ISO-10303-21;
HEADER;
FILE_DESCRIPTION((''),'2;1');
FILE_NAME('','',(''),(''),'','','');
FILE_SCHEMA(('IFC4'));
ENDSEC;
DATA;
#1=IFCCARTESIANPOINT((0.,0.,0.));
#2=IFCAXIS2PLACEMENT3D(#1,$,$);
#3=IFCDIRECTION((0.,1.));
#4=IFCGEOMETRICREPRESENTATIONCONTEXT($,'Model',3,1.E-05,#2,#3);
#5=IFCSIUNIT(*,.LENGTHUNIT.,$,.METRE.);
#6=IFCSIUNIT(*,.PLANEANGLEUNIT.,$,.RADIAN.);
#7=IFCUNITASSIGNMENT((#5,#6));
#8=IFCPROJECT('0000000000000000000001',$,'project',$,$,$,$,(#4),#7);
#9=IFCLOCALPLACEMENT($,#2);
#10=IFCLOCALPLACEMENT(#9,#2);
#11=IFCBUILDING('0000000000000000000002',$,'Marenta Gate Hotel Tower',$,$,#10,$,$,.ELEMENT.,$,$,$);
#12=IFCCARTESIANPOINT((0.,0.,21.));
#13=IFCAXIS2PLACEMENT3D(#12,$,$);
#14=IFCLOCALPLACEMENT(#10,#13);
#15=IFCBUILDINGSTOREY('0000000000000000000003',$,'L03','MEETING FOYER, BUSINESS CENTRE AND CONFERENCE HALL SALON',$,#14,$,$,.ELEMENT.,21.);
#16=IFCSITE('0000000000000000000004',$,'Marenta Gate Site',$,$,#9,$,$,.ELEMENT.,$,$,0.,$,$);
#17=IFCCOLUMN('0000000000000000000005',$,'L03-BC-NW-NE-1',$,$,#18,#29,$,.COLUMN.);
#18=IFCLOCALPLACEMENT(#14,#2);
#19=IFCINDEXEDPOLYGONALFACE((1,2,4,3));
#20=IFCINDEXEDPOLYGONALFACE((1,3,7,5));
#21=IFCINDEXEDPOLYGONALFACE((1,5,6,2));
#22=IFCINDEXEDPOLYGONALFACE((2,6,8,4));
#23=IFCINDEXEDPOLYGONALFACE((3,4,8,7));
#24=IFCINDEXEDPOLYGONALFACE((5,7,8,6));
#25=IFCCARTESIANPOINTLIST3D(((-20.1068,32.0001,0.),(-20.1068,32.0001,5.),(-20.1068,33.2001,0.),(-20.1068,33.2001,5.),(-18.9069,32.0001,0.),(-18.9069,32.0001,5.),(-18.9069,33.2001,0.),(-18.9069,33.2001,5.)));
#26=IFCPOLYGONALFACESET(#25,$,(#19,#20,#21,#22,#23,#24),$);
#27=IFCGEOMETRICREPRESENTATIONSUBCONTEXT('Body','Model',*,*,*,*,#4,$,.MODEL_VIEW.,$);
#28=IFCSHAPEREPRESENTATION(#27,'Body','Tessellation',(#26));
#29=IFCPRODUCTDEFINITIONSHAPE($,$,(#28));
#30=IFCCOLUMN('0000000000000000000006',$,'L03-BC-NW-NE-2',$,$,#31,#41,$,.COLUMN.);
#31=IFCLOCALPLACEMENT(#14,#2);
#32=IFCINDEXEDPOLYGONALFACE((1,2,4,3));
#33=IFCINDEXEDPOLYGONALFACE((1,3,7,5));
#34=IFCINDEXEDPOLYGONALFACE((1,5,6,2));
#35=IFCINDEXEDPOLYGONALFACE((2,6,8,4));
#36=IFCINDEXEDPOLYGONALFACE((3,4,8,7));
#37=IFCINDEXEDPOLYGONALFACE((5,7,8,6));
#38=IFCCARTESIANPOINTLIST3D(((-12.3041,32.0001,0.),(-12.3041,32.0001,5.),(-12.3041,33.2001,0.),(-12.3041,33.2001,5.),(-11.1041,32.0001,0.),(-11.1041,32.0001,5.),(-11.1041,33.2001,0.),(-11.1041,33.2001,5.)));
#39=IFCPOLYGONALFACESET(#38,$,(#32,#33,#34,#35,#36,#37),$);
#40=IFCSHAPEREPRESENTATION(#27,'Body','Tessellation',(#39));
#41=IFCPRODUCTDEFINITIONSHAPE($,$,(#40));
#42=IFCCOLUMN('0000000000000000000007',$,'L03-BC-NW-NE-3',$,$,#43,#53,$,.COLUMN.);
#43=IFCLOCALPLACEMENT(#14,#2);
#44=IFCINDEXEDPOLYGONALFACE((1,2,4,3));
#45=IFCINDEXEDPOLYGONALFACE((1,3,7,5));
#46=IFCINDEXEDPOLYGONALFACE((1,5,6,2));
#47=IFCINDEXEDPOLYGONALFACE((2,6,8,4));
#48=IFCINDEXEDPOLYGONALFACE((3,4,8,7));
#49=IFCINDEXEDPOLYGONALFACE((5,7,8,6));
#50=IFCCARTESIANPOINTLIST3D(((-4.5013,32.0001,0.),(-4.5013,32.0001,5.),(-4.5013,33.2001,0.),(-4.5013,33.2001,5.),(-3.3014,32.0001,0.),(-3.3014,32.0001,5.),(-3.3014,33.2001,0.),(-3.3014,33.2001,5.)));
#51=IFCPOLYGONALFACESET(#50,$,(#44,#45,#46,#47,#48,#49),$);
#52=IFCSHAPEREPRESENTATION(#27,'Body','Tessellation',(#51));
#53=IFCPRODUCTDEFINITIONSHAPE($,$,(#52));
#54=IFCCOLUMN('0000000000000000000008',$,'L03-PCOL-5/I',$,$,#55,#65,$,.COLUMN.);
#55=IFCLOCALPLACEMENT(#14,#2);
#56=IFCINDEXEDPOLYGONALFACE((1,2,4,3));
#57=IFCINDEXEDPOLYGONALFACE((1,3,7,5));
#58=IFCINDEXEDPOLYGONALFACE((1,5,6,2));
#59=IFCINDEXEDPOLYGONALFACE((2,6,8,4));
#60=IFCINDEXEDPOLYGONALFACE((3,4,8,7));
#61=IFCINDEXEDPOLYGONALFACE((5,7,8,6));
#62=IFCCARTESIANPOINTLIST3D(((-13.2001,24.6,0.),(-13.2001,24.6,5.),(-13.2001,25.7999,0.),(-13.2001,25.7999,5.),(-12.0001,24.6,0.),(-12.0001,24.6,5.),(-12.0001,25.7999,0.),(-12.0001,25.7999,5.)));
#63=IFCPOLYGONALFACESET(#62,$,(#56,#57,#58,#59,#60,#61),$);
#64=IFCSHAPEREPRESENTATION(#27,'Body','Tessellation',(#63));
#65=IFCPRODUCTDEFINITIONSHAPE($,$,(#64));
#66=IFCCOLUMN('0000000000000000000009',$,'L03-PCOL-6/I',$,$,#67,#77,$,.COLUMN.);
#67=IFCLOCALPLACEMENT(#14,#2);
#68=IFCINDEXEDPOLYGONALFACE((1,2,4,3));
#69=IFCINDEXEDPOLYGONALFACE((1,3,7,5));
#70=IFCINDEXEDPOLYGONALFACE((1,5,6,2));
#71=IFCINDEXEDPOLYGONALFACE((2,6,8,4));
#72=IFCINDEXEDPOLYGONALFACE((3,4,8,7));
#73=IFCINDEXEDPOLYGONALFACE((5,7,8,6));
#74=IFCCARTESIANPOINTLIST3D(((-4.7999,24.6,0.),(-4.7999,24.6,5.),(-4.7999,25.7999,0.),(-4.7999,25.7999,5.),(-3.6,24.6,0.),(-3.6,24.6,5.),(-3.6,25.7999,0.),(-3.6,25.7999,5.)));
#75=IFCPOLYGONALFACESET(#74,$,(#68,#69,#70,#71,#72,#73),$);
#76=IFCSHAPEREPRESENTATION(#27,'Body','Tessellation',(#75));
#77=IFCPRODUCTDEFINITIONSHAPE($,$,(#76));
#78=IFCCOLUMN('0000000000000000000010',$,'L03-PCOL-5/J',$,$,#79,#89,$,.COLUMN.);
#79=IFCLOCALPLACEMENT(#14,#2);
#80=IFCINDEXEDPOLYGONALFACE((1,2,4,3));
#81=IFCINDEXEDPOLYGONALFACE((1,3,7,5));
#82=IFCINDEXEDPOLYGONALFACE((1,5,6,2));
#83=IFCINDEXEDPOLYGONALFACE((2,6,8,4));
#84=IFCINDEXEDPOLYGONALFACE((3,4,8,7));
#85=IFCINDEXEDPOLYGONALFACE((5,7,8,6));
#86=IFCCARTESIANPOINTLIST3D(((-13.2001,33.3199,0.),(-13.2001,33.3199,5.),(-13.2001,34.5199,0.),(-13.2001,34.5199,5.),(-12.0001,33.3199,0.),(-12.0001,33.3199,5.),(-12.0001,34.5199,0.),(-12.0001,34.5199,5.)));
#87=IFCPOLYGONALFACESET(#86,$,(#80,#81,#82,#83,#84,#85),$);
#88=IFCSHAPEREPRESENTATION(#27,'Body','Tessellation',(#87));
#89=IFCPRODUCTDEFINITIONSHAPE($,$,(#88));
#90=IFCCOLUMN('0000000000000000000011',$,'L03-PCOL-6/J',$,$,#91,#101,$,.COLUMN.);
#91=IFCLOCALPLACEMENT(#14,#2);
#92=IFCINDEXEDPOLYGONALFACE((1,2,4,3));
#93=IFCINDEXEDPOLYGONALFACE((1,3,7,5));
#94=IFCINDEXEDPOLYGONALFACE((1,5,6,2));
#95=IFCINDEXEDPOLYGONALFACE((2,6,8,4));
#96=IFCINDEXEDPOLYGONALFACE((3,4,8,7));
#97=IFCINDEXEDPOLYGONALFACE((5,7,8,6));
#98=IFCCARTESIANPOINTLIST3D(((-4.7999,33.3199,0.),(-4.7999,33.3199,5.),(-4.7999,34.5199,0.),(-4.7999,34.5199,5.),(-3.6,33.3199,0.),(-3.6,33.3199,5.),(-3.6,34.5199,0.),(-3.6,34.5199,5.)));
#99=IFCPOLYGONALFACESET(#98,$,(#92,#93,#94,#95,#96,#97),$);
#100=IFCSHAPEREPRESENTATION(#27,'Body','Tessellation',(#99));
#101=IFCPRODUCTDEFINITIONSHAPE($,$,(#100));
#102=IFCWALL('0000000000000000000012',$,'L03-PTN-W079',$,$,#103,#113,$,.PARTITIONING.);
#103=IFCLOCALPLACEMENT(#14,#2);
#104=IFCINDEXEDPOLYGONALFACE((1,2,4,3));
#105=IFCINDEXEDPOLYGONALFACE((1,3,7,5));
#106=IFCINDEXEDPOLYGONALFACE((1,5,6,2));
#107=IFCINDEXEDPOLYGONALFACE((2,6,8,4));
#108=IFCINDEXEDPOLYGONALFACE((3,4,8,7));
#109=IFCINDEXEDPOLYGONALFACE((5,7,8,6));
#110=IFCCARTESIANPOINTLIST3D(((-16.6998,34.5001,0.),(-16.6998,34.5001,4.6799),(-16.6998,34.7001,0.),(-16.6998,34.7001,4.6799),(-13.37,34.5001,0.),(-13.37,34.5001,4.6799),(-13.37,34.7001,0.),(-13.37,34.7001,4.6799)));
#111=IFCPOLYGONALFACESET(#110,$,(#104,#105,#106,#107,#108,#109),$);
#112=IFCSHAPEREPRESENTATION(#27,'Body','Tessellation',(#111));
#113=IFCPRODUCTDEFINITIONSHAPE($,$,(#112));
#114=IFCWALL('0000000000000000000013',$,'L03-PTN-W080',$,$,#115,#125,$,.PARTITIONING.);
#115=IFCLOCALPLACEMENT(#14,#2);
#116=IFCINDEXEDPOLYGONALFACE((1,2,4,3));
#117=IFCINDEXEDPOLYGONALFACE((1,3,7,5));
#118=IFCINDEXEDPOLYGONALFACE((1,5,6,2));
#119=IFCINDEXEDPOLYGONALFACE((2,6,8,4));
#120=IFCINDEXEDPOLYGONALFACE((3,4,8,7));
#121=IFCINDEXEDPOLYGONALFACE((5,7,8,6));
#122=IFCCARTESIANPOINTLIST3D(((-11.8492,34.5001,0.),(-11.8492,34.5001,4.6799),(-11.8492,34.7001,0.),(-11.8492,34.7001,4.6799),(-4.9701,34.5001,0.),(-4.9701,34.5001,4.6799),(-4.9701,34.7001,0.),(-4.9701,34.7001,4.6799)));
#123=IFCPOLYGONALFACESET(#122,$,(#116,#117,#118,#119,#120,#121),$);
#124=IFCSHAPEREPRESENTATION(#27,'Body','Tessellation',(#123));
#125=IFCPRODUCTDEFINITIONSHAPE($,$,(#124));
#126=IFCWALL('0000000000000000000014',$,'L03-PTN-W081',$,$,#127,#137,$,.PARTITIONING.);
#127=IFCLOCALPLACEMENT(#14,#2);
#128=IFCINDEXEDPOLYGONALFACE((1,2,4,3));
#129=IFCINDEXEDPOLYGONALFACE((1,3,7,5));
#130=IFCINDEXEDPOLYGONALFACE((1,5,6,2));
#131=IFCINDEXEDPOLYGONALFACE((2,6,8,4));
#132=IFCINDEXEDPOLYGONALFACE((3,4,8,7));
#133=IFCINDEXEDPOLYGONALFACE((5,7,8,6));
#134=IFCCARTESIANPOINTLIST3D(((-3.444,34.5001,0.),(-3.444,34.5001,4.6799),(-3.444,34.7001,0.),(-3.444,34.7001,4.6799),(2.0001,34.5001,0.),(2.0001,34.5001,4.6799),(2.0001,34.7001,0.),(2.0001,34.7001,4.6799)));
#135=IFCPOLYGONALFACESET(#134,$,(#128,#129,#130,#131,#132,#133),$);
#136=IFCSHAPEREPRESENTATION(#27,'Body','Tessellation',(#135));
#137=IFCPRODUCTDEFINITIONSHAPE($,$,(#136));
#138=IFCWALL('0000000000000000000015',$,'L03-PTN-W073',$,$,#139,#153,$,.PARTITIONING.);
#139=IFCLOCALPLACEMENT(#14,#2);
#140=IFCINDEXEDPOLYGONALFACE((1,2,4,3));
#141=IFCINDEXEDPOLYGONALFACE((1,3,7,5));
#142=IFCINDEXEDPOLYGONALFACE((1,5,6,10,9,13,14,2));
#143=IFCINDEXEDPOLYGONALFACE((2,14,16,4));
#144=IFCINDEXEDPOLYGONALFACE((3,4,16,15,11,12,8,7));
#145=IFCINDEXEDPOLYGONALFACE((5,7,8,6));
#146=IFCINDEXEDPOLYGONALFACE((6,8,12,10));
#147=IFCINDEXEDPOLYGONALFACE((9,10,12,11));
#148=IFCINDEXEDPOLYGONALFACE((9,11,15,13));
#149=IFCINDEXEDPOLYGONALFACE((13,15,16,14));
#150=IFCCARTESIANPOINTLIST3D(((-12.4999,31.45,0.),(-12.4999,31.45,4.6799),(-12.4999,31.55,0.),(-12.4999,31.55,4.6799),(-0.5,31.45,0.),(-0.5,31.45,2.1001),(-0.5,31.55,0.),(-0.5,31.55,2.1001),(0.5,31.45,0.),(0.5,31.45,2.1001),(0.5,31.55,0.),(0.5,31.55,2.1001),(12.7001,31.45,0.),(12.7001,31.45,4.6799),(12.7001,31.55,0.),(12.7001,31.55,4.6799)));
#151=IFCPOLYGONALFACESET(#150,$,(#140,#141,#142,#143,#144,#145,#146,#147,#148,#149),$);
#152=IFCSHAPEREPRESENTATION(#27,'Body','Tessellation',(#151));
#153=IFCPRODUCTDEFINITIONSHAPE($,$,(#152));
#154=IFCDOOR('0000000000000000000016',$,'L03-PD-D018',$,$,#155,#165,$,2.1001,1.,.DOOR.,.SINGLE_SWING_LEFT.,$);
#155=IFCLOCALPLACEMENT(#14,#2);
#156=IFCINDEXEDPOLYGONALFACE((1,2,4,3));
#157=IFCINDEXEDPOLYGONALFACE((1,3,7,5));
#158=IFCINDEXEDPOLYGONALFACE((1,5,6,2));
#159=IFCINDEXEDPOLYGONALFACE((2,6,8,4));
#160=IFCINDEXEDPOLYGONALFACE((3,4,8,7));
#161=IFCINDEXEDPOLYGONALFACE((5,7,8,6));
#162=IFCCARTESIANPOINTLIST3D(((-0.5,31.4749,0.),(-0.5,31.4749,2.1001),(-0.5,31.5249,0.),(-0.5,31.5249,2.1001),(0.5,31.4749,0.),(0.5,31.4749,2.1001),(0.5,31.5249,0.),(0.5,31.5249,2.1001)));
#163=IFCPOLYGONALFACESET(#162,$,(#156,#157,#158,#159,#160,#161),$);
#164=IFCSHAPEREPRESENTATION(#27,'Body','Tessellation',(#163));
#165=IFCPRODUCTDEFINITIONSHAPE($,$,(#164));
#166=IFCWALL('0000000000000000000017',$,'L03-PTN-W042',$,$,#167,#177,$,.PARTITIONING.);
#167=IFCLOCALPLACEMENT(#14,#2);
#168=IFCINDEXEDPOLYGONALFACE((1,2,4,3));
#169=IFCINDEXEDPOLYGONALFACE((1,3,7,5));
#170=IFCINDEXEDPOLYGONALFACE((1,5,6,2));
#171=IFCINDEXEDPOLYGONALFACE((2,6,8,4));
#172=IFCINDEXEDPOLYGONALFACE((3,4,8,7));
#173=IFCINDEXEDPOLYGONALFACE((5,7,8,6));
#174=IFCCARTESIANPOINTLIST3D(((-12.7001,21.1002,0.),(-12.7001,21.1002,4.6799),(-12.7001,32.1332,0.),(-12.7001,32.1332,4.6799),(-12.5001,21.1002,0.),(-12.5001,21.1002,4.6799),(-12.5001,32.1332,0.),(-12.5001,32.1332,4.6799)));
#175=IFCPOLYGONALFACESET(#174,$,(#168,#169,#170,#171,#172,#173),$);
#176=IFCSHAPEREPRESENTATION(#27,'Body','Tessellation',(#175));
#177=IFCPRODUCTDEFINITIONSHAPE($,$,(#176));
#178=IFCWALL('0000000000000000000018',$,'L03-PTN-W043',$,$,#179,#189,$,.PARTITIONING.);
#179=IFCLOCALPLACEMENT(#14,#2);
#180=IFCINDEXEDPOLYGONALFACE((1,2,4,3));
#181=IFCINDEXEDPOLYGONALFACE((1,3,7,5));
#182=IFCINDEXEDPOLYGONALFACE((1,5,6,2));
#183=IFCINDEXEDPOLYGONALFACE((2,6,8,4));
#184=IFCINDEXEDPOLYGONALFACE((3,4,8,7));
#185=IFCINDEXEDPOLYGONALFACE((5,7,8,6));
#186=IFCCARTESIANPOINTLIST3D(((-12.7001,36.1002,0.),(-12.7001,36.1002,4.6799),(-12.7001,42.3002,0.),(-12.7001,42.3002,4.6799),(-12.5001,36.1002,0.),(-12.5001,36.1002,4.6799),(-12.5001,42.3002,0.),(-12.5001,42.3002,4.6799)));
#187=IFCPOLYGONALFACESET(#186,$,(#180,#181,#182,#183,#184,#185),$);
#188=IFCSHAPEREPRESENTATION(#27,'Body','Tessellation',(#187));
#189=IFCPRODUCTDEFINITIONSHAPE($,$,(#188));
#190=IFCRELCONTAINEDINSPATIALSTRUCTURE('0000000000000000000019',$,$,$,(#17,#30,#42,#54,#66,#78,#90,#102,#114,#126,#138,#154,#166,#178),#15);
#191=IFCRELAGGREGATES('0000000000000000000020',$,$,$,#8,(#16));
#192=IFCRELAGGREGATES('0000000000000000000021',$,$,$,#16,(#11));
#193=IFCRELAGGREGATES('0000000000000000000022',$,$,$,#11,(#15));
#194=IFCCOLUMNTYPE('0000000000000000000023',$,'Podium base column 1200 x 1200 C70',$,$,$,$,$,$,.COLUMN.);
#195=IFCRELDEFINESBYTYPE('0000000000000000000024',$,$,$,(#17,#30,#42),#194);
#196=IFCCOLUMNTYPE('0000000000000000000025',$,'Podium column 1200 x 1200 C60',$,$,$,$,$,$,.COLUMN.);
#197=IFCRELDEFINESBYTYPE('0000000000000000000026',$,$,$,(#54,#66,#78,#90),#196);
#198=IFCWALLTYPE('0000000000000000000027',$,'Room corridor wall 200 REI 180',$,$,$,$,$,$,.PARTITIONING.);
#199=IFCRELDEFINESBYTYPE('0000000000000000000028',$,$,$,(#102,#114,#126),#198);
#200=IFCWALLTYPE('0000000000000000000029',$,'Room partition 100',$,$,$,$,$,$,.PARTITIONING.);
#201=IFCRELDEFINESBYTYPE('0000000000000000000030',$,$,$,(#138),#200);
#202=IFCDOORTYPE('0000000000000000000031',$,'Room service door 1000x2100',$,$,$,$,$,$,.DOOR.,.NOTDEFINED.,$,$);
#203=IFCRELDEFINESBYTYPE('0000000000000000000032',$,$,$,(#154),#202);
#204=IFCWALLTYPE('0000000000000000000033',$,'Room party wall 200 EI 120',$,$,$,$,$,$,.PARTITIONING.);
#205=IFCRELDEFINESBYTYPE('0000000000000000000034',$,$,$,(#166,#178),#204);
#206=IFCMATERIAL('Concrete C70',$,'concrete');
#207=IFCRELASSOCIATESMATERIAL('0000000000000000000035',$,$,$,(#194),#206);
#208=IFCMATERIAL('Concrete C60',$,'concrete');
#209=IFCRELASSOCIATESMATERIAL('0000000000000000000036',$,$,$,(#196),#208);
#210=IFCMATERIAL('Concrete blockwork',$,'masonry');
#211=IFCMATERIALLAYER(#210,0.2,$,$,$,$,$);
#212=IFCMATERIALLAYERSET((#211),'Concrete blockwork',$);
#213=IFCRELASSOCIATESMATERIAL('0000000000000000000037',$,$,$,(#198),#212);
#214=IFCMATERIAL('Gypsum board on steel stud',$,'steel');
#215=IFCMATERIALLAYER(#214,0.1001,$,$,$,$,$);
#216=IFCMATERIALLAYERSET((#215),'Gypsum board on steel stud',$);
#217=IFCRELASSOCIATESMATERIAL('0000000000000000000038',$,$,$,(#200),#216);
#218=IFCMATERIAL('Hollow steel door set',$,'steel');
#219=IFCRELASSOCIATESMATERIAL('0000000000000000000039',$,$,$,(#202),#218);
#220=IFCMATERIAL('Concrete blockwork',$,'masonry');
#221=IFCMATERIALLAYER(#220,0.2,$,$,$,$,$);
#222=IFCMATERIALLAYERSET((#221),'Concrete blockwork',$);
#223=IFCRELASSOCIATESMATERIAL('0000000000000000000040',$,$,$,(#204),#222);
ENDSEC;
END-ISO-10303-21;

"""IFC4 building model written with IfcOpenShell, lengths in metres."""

from ifc_helpers import new_model, si_unit, direction, frame, frame_2d, origin, origin_2d, place, context, subcontext, project, spatial, rectangle, extrude, material, layer, layer_set, material_profile, profile_set, type_object, element, fill, save


model = new_model("IFC4")

# Units and contexts
model_context = context("Model", 3, precision=1e-05, world=origin(), true_north=direction((0.0, 1.0)))
body_context = subcontext(model_context, "Body", "Model", "MODEL_VIEW")
ifc_project = project(units=[si_unit("LENGTHUNIT", "METRE"), si_unit("PLANEANGLEUNIT", "RADIAN")], contexts=[model_context])

# Site, building, storey
site_placement = place(None, origin())
site = spatial("IfcSite", under=ifc_project, at=site_placement, Name="Marenta Gate Site", CompositionType="ELEMENT", RefElevation=0.0)
building_placement = place(site_placement, origin())
building = spatial("IfcBuilding", under=site, at=building_placement, Name="Marenta Gate Hotel Tower", CompositionType="ELEMENT")
storey_placement = place(building_placement, frame((0.0, 0.0, 21.0)))
storey = spatial("IfcBuildingStorey", under=building, at=storey_placement, Name="L03", Description="MEETING FOYER, BUSINESS CENTRE AND CONFERENCE HALL SALON", CompositionType="ELEMENT", Elevation=21.0)

# Columns
ifc_material_1 = material(Name="Concrete C70", Category="concrete")
ifc_material_profile_1 = material_profile(ifc_material_1, rectangle(XDim=1.2, YDim=1.2, at=origin_2d()), Name="1200 x 1200")
ifc_profile_set_1 = profile_set([ifc_material_profile_1], Name="Concrete C70")
column_type_1 = type_object("IfcColumnType", Name="Podium base column 1200 x 1200 C70", PredefinedType="COLUMN", material=ifc_profile_set_1)
for number, where, z_axis, x_axis, name in (
    (1, (-19.5068, 32.6001, 0.0), (0.0, 0.0, 1.0), (1.0, 0.0, 0.0), "L03-BC-NW-NE-1"),
    (2, (-11.7041, 32.6001, 0.0), (0.0, 0.0, 1.0), (1.0, 0.0, 0.0), "L03-BC-NW-NE-2"),
    (3, (-3.9014, 32.6001, 0.0), (0.0, 0.0, 1.0), (1.0, 0.0, 0.0), "L03-BC-NW-NE-3"),
):
    element("IfcColumn", number, at=place(storey_placement, frame(where, z_axis=z_axis, x_axis=x_axis)), inside=storey, type_object=column_type_1, Name=name, PredefinedType="COLUMN", context=body_context, shape_type="SweptSolid", body=[
        extrude(rectangle(XDim=1.2, YDim=1.2, at=origin_2d()), origin(), (0.0, 0.0, 1.0), 5.0),
    ])
ifc_material_2 = material(Name="Concrete C60", Category="concrete")
ifc_material_profile_2 = material_profile(ifc_material_2, rectangle(XDim=1.2, YDim=1.2, at=origin_2d()), Name="1200 x 1200")
ifc_profile_set_2 = profile_set([ifc_material_profile_2], Name="Concrete C60")
column_type_2 = type_object("IfcColumnType", Name="Podium column 1200 x 1200 C60", PredefinedType="COLUMN", material=ifc_profile_set_2)
for number, where, z_axis, x_axis, name in (
    (4, (-12.6001, 25.2, 0.0), (0.0, 0.0, 1.0), (1.0, 0.0, 0.0), "L03-PCOL-5/I"),
    (5, (-4.2, 25.2, 0.0), (0.0, 0.0, 1.0), (1.0, 0.0, 0.0), "L03-PCOL-6/I"),
    (6, (-12.6001, 33.9199, 0.0), (0.0, 0.0, 1.0), (1.0, 0.0, 0.0), "L03-PCOL-5/J"),
    (7, (-4.2, 33.9199, 0.0), (0.0, 0.0, 1.0), (1.0, 0.0, 0.0), "L03-PCOL-6/J"),
):
    element("IfcColumn", number, at=place(storey_placement, frame(where, z_axis=z_axis, x_axis=x_axis)), inside=storey, type_object=column_type_2, Name=name, PredefinedType="COLUMN", context=body_context, shape_type="SweptSolid", body=[
        extrude(rectangle(XDim=1.2, YDim=1.2, at=origin_2d()), origin(), (0.0, 0.0, 1.0), 5.0),
    ])

# Walls
ifc_material_3 = material(Name="Concrete blockwork", Category="masonry")
ifc_layer_1 = layer(ifc_material_3, 0.2)
ifc_layer_set_1 = layer_set([ifc_layer_1], Name="Concrete blockwork")
wall_type_1 = type_object("IfcWallType", Name="Room corridor wall 200 REI 180", PredefinedType="PARTITIONING", material=ifc_layer_set_1)
wall_1_placement = place(storey_placement, frame((-16.7, 34.6001, 0.0), z_axis=(0.0, 0.0, 1.0), x_axis=(1.0, 0.0, 0.0)))
element("IfcWall", 8, at=wall_1_placement, inside=storey, type_object=wall_type_1, Name="L03-PTN-W079", PredefinedType="PARTITIONING", context=body_context, shape_type="SweptSolid", body=[
    extrude(rectangle(XDim=3.3298, YDim=0.2, at=frame_2d((1.665, 0.0))), origin(), (0.0, 0.0, 1.0), 4.6799),
])
wall_2_placement = place(storey_placement, frame((-11.8491, 34.6001, 0.0), z_axis=(0.0, 0.0, 1.0), x_axis=(1.0, 0.0, 0.0)))
element("IfcWall", 9, at=wall_2_placement, inside=storey, type_object=wall_type_1, Name="L03-PTN-W080", PredefinedType="PARTITIONING", context=body_context, shape_type="SweptSolid", body=[
    extrude(rectangle(XDim=6.8792, YDim=0.2, at=frame_2d((3.4395, 0.0))), origin(), (0.0, 0.0, 1.0), 4.6799),
])
wall_3_placement = place(storey_placement, frame((-3.4441, 34.6001, 0.0), z_axis=(0.0, 0.0, 1.0), x_axis=(1.0, 0.0, 0.0)))
element("IfcWall", 10, at=wall_3_placement, inside=storey, type_object=wall_type_1, Name="L03-PTN-W081", PredefinedType="PARTITIONING", context=body_context, shape_type="SweptSolid", body=[
    extrude(rectangle(XDim=5.4441, YDim=0.2, at=frame_2d((2.7222, 0.0))), origin(), (0.0, 0.0, 1.0), 4.6799),
])

# Wall, opening, door
ifc_material_4 = material(Name="Gypsum board on steel stud", Category="steel")
ifc_layer_2 = layer(ifc_material_4, 0.1001)
ifc_layer_set_2 = layer_set([ifc_layer_2], Name="Gypsum board on steel stud")
wall_type_2 = type_object("IfcWallType", Name="Room partition 100", PredefinedType="PARTITIONING", material=ifc_layer_set_2)
wall_4_placement = place(storey_placement, frame((-12.5, 31.5, 0.0), z_axis=(0.0, 0.0, 1.0), x_axis=(1.0, 0.0, 0.0)))
wall_4 = element("IfcWall", 11, at=wall_4_placement, inside=storey, type_object=wall_type_2, Name="L03-PTN-W073", PredefinedType="PARTITIONING", context=body_context, shape_type="SweptSolid", body=[
    extrude(rectangle(XDim=25.2, YDim=0.1001, at=frame_2d((12.6001, 0.0))), origin(), (0.0, 0.0, 1.0), 4.6799),
])
opening_1_placement = place(wall_4_placement, frame((12.0, 0.0, 0.0)))
opening_1 = element("IfcOpeningElement", 12, at=opening_1_placement, cuts=wall_4, PredefinedType="OPENING", context=body_context, shape_type="SweptSolid", body=[
    extrude(rectangle(XDim=1.0, YDim=2.1001, at=frame_2d((0.5, 1.05))), frame((0.0, 0.05, 0.0), z_axis=(0.0, -1.0, 0.0), x_axis=(1.0, 0.0, 0.0)), (0.0, 0.0, 1.0), 0.1001),
])
ifc_material_5 = material(Name="Hollow steel door set", Category="steel")
door_type_1 = type_object("IfcDoorType", Name="Room service door 1000x2100", OperationType="NOTDEFINED", PredefinedType="DOOR", material=ifc_material_5)
door_1_placement = place(opening_1_placement, origin())
door_1 = element("IfcDoor", 13, at=door_1_placement, inside=storey, type_object=door_type_1, Name="L03-PD-D018", OperationType="SINGLE_SWING_LEFT", OverallHeight=2.1001, OverallWidth=1.0, PredefinedType="DOOR", context=body_context, shape_type="SweptSolid", body=[
    extrude(rectangle(XDim=1.0, YDim=2.1001, at=frame_2d((0.5, 1.05))), frame((0.0, 0.0249, 0.0), z_axis=(0.0, -1.0, 0.0), x_axis=(1.0, 0.0, 0.0)), (0.0, 0.0, 1.0), 0.05),
])
fill(opening_1, door_1)

# Walls
ifc_material_6 = material(Name="Concrete blockwork", Category="masonry")
ifc_layer_3 = layer(ifc_material_6, 0.2)
ifc_layer_set_3 = layer_set([ifc_layer_3], Name="Concrete blockwork")
wall_type_3 = type_object("IfcWallType", Name="Room party wall 200 EI 120", PredefinedType="PARTITIONING", material=ifc_layer_set_3)
wall_5_placement = place(storey_placement, frame((-12.6001, 21.1001, 0.0), z_axis=(0.0, 0.0, 1.0), x_axis=(0.0, 1.0, 0.0)))
element("IfcWall", 14, at=wall_5_placement, inside=storey, type_object=wall_type_3, Name="L03-PTN-W042", PredefinedType="PARTITIONING", context=body_context, shape_type="SweptSolid", body=[
    extrude(rectangle(XDim=11.033, YDim=0.2, at=frame_2d((5.5166, 0.0))), origin(), (0.0, 0.0, 1.0), 4.6799),
])
wall_6_placement = place(storey_placement, frame((-12.6001, 36.1001, 0.0), z_axis=(0.0, 0.0, 1.0), x_axis=(0.0, 1.0, 0.0)))
element("IfcWall", 15, at=wall_6_placement, inside=storey, type_object=wall_type_3, Name="L03-PTN-W043", PredefinedType="PARTITIONING", context=body_context, shape_type="SweptSolid", body=[
    extrude(rectangle(XDim=6.2, YDim=0.2, at=frame_2d((3.1001, 0.0))), origin(), (0.0, 0.0, 1.0), 4.6799),
])

save(model, "model.ifc")
